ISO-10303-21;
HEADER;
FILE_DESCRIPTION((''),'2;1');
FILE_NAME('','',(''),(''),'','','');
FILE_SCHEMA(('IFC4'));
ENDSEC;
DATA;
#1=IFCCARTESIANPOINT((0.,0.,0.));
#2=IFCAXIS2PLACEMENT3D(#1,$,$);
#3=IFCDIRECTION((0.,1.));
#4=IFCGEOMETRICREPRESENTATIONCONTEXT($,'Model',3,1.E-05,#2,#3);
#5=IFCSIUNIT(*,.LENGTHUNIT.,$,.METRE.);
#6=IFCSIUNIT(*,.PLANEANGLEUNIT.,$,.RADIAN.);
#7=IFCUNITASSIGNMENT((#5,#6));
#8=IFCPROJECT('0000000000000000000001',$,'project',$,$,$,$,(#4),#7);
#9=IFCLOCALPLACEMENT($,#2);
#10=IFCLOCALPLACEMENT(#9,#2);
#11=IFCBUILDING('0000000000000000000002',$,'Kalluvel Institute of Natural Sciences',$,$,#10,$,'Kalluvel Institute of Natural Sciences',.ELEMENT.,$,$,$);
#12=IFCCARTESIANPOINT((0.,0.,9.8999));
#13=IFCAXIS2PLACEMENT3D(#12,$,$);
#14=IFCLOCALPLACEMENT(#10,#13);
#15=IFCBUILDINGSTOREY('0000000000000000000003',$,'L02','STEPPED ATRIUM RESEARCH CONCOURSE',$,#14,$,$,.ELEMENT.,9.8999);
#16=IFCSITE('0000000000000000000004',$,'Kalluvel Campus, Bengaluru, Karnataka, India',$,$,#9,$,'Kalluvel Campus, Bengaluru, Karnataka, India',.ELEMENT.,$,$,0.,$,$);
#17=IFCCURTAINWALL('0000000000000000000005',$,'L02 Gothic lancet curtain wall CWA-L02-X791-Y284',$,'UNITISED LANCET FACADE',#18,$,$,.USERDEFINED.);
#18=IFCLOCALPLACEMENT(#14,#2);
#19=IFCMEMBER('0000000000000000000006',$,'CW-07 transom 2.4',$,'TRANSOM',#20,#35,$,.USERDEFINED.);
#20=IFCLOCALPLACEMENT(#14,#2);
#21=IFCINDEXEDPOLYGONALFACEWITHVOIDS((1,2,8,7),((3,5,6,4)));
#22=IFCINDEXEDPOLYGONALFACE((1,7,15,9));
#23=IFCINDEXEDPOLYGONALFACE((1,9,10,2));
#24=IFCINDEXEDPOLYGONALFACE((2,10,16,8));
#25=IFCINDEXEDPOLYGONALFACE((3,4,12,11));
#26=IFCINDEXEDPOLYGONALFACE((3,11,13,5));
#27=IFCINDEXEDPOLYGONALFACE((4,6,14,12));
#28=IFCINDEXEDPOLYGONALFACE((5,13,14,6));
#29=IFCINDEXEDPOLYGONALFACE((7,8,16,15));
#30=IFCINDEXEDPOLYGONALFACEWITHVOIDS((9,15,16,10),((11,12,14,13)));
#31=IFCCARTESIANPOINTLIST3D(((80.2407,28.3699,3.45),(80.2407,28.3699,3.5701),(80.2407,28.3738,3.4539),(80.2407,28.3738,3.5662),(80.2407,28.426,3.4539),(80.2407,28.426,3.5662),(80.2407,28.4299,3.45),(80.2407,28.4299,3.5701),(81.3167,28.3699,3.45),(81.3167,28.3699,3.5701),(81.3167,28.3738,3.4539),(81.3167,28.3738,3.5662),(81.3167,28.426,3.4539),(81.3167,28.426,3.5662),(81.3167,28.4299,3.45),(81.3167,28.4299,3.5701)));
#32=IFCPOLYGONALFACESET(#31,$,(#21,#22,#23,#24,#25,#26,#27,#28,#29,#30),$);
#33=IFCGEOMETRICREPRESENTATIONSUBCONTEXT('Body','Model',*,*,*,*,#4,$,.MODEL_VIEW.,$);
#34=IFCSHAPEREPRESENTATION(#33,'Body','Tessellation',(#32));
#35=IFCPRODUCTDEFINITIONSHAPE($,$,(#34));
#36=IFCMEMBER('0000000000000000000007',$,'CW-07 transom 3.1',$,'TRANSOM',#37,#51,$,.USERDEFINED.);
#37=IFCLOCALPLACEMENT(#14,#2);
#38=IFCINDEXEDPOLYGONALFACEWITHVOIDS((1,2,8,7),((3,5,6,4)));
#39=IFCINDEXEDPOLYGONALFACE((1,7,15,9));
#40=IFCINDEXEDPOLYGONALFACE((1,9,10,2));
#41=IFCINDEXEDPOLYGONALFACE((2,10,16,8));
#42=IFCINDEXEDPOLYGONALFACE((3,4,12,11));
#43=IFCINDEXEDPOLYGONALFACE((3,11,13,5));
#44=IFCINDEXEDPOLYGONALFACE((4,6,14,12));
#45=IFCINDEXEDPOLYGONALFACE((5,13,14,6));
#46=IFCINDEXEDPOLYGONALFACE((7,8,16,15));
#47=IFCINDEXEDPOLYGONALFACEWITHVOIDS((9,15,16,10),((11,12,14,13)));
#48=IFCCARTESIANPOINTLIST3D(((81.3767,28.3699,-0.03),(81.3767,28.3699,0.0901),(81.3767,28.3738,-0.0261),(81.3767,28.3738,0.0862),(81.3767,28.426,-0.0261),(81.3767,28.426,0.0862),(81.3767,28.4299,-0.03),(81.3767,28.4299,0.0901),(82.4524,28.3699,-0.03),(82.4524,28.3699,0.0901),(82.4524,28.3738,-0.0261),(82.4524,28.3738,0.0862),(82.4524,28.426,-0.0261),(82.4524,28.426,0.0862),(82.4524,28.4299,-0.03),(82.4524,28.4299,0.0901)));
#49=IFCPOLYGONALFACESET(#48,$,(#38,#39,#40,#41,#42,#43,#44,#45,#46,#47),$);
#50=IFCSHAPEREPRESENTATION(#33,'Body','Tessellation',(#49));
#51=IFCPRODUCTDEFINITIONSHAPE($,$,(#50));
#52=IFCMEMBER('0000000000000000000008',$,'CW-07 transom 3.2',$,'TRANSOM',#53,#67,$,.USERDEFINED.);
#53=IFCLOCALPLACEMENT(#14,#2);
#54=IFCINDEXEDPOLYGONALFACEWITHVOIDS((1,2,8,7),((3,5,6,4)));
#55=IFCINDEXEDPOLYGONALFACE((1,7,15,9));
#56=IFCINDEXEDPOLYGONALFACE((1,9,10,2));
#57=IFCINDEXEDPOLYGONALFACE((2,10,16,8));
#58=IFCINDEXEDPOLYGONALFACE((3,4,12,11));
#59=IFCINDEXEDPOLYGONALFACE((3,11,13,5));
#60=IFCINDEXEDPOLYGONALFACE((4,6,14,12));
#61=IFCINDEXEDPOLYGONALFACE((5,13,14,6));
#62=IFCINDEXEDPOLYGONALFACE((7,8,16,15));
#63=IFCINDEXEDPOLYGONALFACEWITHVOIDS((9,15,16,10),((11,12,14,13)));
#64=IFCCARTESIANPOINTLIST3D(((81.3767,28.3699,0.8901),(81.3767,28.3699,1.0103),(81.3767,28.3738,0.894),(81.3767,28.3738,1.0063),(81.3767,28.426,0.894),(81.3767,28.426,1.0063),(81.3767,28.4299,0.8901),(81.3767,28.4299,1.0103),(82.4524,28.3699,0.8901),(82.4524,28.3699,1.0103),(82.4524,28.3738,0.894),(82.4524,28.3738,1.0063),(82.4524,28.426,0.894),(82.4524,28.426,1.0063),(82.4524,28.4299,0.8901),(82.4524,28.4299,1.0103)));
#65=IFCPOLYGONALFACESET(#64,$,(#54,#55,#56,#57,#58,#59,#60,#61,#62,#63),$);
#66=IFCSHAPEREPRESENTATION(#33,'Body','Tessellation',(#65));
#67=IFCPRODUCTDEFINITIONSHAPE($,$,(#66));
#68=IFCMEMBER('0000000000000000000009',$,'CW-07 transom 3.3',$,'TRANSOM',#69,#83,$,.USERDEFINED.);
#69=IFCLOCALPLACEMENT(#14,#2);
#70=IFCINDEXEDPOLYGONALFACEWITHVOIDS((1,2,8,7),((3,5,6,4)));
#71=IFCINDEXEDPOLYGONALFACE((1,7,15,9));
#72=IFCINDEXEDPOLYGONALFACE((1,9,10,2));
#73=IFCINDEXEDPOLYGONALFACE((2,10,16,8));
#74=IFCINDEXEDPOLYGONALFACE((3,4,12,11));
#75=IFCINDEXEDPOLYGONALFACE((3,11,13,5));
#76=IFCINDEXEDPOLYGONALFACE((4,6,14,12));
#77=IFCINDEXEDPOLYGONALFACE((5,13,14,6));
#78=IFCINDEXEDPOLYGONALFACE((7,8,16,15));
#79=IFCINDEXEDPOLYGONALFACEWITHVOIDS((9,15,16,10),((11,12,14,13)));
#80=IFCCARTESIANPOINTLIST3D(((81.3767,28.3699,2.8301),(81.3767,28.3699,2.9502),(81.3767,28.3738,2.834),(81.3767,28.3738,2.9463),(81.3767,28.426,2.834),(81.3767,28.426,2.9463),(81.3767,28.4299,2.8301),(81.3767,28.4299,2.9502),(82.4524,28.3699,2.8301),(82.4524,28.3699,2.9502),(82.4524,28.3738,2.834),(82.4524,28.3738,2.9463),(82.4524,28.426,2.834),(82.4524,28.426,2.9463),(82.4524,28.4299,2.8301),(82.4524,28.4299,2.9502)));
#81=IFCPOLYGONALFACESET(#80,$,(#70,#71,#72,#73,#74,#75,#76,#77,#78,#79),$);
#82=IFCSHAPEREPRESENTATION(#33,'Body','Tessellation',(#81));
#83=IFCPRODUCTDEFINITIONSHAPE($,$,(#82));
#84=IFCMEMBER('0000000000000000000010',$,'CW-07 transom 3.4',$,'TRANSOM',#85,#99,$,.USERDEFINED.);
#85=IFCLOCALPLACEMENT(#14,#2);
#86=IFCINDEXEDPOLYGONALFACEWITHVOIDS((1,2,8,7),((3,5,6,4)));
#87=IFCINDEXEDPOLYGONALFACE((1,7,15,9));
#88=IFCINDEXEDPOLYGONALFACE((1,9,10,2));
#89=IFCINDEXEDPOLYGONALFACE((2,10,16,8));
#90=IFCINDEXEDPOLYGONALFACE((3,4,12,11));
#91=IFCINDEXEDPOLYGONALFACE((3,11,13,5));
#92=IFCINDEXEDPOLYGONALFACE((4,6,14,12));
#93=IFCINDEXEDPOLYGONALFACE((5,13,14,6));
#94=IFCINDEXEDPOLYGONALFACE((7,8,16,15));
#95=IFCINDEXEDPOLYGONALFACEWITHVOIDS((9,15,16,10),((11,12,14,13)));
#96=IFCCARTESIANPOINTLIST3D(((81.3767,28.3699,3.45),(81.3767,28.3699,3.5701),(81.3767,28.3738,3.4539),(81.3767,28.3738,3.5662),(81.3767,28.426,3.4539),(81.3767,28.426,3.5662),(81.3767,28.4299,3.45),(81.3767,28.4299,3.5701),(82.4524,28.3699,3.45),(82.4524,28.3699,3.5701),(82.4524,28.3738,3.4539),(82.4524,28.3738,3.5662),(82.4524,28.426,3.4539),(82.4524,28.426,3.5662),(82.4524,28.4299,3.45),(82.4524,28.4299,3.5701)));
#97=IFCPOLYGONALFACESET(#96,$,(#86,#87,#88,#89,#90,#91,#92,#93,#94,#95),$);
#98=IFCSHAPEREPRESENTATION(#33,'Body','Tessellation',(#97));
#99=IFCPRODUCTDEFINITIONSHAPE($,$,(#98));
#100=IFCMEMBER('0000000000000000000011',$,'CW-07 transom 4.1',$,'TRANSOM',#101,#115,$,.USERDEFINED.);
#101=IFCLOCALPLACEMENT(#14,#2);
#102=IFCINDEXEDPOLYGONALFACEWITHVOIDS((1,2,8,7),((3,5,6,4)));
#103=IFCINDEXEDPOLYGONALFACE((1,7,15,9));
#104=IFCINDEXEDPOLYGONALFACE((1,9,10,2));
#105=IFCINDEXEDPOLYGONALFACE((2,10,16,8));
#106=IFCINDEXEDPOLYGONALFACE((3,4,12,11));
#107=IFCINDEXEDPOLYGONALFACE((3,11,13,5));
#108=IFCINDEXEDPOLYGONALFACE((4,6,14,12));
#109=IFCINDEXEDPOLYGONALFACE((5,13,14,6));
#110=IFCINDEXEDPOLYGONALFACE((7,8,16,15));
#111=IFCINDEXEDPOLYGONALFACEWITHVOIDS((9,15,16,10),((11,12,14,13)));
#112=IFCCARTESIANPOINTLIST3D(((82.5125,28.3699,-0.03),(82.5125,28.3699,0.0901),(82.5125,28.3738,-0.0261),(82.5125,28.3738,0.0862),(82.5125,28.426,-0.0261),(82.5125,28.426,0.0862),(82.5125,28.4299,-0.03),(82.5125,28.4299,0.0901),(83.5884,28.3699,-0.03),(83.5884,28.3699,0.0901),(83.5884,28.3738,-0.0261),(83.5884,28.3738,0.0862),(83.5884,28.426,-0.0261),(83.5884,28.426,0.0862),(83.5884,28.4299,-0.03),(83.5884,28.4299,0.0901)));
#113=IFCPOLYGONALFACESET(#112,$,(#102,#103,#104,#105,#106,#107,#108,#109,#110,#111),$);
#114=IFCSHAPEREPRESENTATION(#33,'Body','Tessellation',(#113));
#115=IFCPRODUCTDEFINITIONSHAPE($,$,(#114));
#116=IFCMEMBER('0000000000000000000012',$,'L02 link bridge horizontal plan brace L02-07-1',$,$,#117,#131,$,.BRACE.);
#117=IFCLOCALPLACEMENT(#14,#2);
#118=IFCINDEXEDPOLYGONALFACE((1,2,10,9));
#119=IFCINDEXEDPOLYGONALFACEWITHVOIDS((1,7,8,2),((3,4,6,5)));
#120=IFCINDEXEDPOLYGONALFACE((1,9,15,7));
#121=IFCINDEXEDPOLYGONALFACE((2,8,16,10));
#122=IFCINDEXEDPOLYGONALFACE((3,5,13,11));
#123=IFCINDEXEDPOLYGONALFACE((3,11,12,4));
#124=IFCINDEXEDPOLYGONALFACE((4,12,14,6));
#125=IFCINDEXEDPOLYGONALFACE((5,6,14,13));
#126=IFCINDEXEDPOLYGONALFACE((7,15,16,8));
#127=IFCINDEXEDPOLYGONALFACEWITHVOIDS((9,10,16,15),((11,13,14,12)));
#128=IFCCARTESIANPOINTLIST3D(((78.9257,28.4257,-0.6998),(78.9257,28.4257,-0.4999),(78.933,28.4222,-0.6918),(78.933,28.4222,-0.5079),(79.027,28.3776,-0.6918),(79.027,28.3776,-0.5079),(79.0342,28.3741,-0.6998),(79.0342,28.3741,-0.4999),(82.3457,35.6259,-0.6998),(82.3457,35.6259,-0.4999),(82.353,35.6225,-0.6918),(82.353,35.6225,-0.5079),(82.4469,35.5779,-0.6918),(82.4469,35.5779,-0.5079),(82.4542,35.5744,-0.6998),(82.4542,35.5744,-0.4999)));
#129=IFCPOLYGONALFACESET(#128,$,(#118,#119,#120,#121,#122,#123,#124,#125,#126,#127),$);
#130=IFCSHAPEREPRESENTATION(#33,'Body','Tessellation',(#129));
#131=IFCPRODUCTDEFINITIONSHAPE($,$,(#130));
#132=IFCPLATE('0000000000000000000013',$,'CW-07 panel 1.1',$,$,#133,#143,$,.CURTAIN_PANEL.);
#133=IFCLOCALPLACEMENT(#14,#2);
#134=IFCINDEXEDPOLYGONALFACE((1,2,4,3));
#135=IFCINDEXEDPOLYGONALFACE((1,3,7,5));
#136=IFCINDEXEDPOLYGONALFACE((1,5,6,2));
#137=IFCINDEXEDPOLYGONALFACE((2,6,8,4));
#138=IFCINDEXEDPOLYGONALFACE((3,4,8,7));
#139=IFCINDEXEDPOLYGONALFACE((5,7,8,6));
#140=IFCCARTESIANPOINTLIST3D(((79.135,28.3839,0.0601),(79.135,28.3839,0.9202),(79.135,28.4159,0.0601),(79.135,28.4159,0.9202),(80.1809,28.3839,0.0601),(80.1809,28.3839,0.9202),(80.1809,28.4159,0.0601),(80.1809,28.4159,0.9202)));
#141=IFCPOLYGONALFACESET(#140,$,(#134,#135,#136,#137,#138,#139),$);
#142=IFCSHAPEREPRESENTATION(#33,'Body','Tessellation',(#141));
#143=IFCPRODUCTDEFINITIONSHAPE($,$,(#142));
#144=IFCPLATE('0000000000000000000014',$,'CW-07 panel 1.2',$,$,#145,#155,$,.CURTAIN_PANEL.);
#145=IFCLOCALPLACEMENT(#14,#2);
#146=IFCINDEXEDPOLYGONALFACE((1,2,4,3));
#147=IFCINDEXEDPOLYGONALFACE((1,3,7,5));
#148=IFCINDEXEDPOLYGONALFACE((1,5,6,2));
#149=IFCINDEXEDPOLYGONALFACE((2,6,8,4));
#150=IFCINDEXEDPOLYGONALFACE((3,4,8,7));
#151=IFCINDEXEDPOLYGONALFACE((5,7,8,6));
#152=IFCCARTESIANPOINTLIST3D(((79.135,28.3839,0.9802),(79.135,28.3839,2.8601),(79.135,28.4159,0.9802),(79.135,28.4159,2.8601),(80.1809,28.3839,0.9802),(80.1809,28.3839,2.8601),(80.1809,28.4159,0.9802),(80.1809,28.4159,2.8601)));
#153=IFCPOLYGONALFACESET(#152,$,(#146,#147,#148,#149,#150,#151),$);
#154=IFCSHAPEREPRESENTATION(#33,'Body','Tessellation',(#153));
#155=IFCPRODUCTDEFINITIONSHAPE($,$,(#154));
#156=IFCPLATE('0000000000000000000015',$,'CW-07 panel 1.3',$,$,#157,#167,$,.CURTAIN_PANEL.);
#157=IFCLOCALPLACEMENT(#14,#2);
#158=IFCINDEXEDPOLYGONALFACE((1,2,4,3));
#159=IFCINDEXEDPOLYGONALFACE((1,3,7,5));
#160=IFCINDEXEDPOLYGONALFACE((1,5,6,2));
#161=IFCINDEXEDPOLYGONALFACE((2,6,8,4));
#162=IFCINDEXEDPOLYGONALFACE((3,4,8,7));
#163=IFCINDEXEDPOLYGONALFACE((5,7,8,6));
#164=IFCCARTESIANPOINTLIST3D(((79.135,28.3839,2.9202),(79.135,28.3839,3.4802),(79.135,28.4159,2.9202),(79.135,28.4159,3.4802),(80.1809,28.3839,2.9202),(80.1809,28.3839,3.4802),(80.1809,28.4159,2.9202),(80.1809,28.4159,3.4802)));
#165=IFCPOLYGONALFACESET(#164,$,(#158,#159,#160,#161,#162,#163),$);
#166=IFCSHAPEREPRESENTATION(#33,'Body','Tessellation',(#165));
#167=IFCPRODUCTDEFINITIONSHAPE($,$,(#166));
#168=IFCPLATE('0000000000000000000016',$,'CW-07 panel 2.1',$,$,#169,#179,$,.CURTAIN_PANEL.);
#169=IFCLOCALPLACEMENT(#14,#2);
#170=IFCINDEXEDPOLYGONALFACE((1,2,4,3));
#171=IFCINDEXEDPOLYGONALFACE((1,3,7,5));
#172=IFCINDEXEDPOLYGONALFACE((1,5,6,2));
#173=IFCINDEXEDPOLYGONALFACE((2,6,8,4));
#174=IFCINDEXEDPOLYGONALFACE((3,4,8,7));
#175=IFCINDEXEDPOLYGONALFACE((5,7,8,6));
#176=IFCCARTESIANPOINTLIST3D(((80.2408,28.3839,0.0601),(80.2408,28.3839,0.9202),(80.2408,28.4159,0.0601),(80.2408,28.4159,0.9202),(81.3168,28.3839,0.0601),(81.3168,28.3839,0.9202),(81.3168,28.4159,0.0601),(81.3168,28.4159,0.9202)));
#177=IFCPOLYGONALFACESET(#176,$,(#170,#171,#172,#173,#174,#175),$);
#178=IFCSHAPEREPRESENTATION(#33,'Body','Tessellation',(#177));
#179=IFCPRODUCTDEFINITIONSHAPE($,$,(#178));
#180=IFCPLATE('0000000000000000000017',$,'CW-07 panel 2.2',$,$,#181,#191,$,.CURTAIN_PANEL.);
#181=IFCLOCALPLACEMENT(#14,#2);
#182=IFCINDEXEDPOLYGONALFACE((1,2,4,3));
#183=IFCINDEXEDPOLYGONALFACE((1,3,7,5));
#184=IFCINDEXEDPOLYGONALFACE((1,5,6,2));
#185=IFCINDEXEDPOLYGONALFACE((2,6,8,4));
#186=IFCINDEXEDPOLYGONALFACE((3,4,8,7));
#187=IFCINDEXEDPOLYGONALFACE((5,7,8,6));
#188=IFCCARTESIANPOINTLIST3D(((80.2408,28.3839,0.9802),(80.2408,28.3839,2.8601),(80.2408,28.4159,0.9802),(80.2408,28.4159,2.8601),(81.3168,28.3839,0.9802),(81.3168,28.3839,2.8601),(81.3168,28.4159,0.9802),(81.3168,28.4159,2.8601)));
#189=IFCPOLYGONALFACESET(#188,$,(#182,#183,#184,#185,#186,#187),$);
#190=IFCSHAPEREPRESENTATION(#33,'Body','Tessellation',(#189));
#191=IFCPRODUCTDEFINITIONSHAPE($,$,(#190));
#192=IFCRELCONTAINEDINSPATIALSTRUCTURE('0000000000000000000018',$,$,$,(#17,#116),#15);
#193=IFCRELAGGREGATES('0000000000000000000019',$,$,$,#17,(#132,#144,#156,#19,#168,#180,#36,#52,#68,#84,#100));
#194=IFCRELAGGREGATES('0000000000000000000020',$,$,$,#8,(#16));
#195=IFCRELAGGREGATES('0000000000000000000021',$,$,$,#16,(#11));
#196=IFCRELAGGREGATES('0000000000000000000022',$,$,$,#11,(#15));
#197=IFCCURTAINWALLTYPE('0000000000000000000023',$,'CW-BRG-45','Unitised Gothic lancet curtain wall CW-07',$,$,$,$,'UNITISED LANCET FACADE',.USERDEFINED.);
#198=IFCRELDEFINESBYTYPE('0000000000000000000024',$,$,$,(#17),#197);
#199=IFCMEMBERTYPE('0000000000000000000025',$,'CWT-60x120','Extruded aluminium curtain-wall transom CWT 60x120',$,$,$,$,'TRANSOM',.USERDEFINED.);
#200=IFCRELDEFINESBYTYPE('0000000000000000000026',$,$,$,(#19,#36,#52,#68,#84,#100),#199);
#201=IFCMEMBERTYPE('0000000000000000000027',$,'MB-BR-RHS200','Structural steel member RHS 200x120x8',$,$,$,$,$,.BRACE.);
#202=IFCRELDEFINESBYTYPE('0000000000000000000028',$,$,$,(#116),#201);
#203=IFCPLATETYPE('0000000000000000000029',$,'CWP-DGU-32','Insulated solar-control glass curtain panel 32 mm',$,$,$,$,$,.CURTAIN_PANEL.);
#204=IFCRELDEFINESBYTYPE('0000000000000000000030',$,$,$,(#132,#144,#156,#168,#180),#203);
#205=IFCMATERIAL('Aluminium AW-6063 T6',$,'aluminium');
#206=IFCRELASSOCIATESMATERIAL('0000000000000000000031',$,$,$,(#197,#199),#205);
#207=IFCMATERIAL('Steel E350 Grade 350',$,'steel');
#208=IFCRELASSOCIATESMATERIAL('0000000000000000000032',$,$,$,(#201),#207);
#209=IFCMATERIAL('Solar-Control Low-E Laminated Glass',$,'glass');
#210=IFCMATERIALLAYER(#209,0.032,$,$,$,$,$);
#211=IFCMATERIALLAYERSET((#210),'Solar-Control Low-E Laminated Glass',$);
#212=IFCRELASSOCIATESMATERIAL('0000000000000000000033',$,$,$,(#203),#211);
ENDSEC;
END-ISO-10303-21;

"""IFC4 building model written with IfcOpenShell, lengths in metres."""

from ifc_helpers import new_model, si_unit, direction, frame, origin, origin_2d, place, context, subcontext, project, spatial, rectangle, hollow_rectangle, extrude, material, layer, layer_set, material_profile, profile_set, type_object, element, aggregate, save


model = new_model("IFC4")

# Units and contexts
model_context = context("Model", 3, precision=1e-05, world=origin(), true_north=direction((0.0, 1.0)))
body_context = subcontext(model_context, "Body", "Model", "MODEL_VIEW")
ifc_project = project(units=[si_unit("LENGTHUNIT", "METRE"), si_unit("PLANEANGLEUNIT", "RADIAN")], contexts=[model_context])

# Site, building, storey
site_placement = place(None, origin())
site = spatial("IfcSite", under=ifc_project, at=site_placement, Name="Kalluvel Campus, Bengaluru, Karnataka, India", LongName="Kalluvel Campus, Bengaluru, Karnataka, India", CompositionType="ELEMENT", RefElevation=0.0)
building_placement = place(site_placement, origin())
building = spatial("IfcBuilding", under=site, at=building_placement, Name="Kalluvel Institute of Natural Sciences", LongName="Kalluvel Institute of Natural Sciences", CompositionType="ELEMENT")
storey_placement = place(building_placement, frame((0.0, 0.0, 9.8999)))
storey = spatial("IfcBuildingStorey", under=building, at=storey_placement, Name="L02", Description="STEPPED ATRIUM RESEARCH CONCOURSE", CompositionType="ELEMENT", Elevation=9.8999)

# Curtain wall, members
ifc_material_1 = material(Name="Aluminium AW-6063 T6", Category="aluminium")
curtain_wall_type = type_object("IfcCurtainWallType", Name="CW-BRG-45", Description="Unitised Gothic lancet curtain wall CW-07", ElementType="UNITISED LANCET FACADE", PredefinedType="USERDEFINED", material=ifc_material_1)
curtain_wall_placement = place(storey_placement, origin())
curtain_wall = element("IfcCurtainWall", 1, at=curtain_wall_placement, inside=storey, type_object=curtain_wall_type, Name="L02 Gothic lancet curtain wall CWA-L02-X791-Y284", ObjectType="UNITISED LANCET FACADE", PredefinedType="USERDEFINED")
ifc_material_profile_1 = material_profile(ifc_material_1, hollow_rectangle(XDim=0.0601, YDim=0.1201, WallThickness=0.0039, at=origin_2d()), Name="CWT 60x120")
ifc_profile_set_1 = profile_set([ifc_material_profile_1], Name="Aluminium AW-6063 T6")
member_type_1 = type_object("IfcMemberType", Name="CWT-60x120", Description="Extruded aluminium curtain-wall transom CWT 60x120", ElementType="TRANSOM", PredefinedType="USERDEFINED", material=ifc_profile_set_1)
member_1_placement = place(storey_placement, frame((80.2407, 28.3999, 3.51), z_axis=(1.0, 0.0, 0.0), x_axis=(0.0, 1.0, 0.0)))
member_1 = element("IfcMember", 2, at=member_1_placement, type_object=member_type_1, Name="CW-07 transom 2.4", ObjectType="TRANSOM", PredefinedType="USERDEFINED", context=body_context, shape_type="SweptSolid", body=[
    extrude(hollow_rectangle(XDim=0.0601, YDim=0.1201, WallThickness=0.0039, at=origin_2d()), origin(), (0.0, 0.0, 1.0), 1.0759),
])
member_2_placement = place(storey_placement, frame((81.3767, 28.3999, 0.03), z_axis=(1.0, 0.0, 0.0), x_axis=(0.0, 1.0, 0.0)))
member_2 = element("IfcMember", 3, at=member_2_placement, type_object=member_type_1, Name="CW-07 transom 3.1", ObjectType="TRANSOM", PredefinedType="USERDEFINED", context=body_context, shape_type="SweptSolid", body=[
    extrude(hollow_rectangle(XDim=0.0601, YDim=0.1201, WallThickness=0.0039, at=origin_2d()), origin(), (0.0, 0.0, 1.0), 1.0757),
])
member_3_placement = place(storey_placement, frame((81.3767, 28.3999, 0.9502), z_axis=(1.0, 0.0, 0.0), x_axis=(0.0, 1.0, 0.0)))
member_3 = element("IfcMember", 4, at=member_3_placement, type_object=member_type_1, Name="CW-07 transom 3.2", ObjectType="TRANSOM", PredefinedType="USERDEFINED", context=body_context, shape_type="SweptSolid", body=[
    extrude(hollow_rectangle(XDim=0.0601, YDim=0.1201, WallThickness=0.0039, at=origin_2d()), origin(), (0.0, 0.0, 1.0), 1.0757),
])
member_4_placement = place(storey_placement, frame((81.3767, 28.3999, 2.8901), z_axis=(1.0, 0.0, 0.0), x_axis=(0.0, 1.0, 0.0)))
member_4 = element("IfcMember", 5, at=member_4_placement, type_object=member_type_1, Name="CW-07 transom 3.3", ObjectType="TRANSOM", PredefinedType="USERDEFINED", context=body_context, shape_type="SweptSolid", body=[
    extrude(hollow_rectangle(XDim=0.0601, YDim=0.1201, WallThickness=0.0039, at=origin_2d()), origin(), (0.0, 0.0, 1.0), 1.0757),
])
member_5_placement = place(storey_placement, frame((81.3767, 28.3999, 3.51), z_axis=(1.0, 0.0, 0.0), x_axis=(0.0, 1.0, 0.0)))
member_5 = element("IfcMember", 6, at=member_5_placement, type_object=member_type_1, Name="CW-07 transom 3.4", ObjectType="TRANSOM", PredefinedType="USERDEFINED", context=body_context, shape_type="SweptSolid", body=[
    extrude(hollow_rectangle(XDim=0.0601, YDim=0.1201, WallThickness=0.0039, at=origin_2d()), origin(), (0.0, 0.0, 1.0), 1.0757),
])
member_6_placement = place(storey_placement, frame((82.5125, 28.3999, 0.03), z_axis=(1.0, 0.0, 0.0), x_axis=(0.0, 1.0, 0.0)))
member_6 = element("IfcMember", 7, at=member_6_placement, type_object=member_type_1, Name="CW-07 transom 4.1", ObjectType="TRANSOM", PredefinedType="USERDEFINED", context=body_context, shape_type="SweptSolid", body=[
    extrude(hollow_rectangle(XDim=0.0601, YDim=0.1201, WallThickness=0.0039, at=origin_2d()), origin(), (0.0, 0.0, 1.0), 1.0759),
])

# Member
ifc_material_2 = material(Name="Steel E350 Grade 350", Category="steel")
ifc_material_profile_2 = material_profile(ifc_material_2, hollow_rectangle(XDim=0.1201, YDim=0.2, WallThickness=0.0081, at=origin_2d()), Name="RHS 200x120x8")
ifc_profile_set_2 = profile_set([ifc_material_profile_2], Name="Steel E350 Grade 350")
member_type_2 = type_object("IfcMemberType", Name="MB-BR-RHS200", Description="Structural steel member RHS 200x120x8", PredefinedType="BRACE", material=ifc_profile_set_2)
member_7_placement = place(storey_placement, frame((78.98, 28.3999, -0.5999), z_axis=(0.429039, 0.903286, 0.0), x_axis=(-0.903286, 0.429039, 0.0)))
element("IfcMember", 8, at=member_7_placement, inside=storey, type_object=member_type_2, Name="L02 link bridge horizontal plan brace L02-07-1", PredefinedType="BRACE", context=body_context, shape_type="SweptSolid", body=[
    extrude(hollow_rectangle(XDim=0.1201, YDim=0.2, WallThickness=0.0081, at=origin_2d()), origin(), (0.0, 0.0, 1.0), 7.9712),
])

# Plates
ifc_material_3 = material(Name="Solar-Control Low-E Laminated Glass", Category="glass")
ifc_layer_1 = layer(ifc_material_3, 0.032)
ifc_layer_set_1 = layer_set([ifc_layer_1], Name="Solar-Control Low-E Laminated Glass")
plate_type_1 = type_object("IfcPlateType", Name="CWP-DGU-32", Description="Insulated solar-control glass curtain panel 32 mm", PredefinedType="CURTAIN_PANEL", material=ifc_layer_set_1)
plate_1_placement = place(storey_placement, frame((79.658, 28.3999, 0.0601), z_axis=(0.0, 0.0, 1.0), x_axis=(1.0, 0.0, 0.0)))
plate_1 = element("IfcPlate", 9, at=plate_1_placement, type_object=plate_type_1, Name="CW-07 panel 1.1", PredefinedType="CURTAIN_PANEL", context=body_context, shape_type="SweptSolid", body=[
    extrude(rectangle(XDim=1.0459, YDim=0.032, at=origin_2d()), origin(), (0.0, 0.0, 1.0), 0.8601),
])
plate_2_placement = place(storey_placement, frame((79.658, 28.3999, 0.9802), z_axis=(0.0, 0.0, 1.0), x_axis=(1.0, 0.0, 0.0)))
plate_2 = element("IfcPlate", 10, at=plate_2_placement, type_object=plate_type_1, Name="CW-07 panel 1.2", PredefinedType="CURTAIN_PANEL", context=body_context, shape_type="SweptSolid", body=[
    extrude(rectangle(XDim=1.0459, YDim=0.032, at=origin_2d()), origin(), (0.0, 0.0, 1.0), 1.8799),
])
plate_3_placement = place(storey_placement, frame((79.658, 28.3999, 2.9202), z_axis=(0.0, 0.0, 1.0), x_axis=(1.0, 0.0, 0.0)))
plate_3 = element("IfcPlate", 11, at=plate_3_placement, type_object=plate_type_1, Name="CW-07 panel 1.3", PredefinedType="CURTAIN_PANEL", context=body_context, shape_type="SweptSolid", body=[
    extrude(rectangle(XDim=1.0459, YDim=0.032, at=origin_2d()), origin(), (0.0, 0.0, 1.0), 0.5601),
])
plate_4_placement = place(storey_placement, frame((80.7788, 28.3999, 0.0601), z_axis=(0.0, 0.0, 1.0), x_axis=(1.0, 0.0, 0.0)))
plate_4 = element("IfcPlate", 12, at=plate_4_placement, type_object=plate_type_1, Name="CW-07 panel 2.1", PredefinedType="CURTAIN_PANEL", context=body_context, shape_type="SweptSolid", body=[
    extrude(rectangle(XDim=1.0759, YDim=0.032, at=origin_2d()), origin(), (0.0, 0.0, 1.0), 0.8601),
])
plate_5_placement = place(storey_placement, frame((80.7788, 28.3999, 0.9802), z_axis=(0.0, 0.0, 1.0), x_axis=(1.0, 0.0, 0.0)))
plate_5 = element("IfcPlate", 13, at=plate_5_placement, type_object=plate_type_1, Name="CW-07 panel 2.2", PredefinedType="CURTAIN_PANEL", context=body_context, shape_type="SweptSolid", body=[
    extrude(rectangle(XDim=1.0759, YDim=0.032, at=origin_2d()), origin(), (0.0, 0.0, 1.0), 1.8799),
])
aggregate(curtain_wall, [plate_1, plate_2, plate_3, member_1, plate_4, plate_5, member_2, member_3, member_4, member_5, member_6])

save(model, "model.ifc")
